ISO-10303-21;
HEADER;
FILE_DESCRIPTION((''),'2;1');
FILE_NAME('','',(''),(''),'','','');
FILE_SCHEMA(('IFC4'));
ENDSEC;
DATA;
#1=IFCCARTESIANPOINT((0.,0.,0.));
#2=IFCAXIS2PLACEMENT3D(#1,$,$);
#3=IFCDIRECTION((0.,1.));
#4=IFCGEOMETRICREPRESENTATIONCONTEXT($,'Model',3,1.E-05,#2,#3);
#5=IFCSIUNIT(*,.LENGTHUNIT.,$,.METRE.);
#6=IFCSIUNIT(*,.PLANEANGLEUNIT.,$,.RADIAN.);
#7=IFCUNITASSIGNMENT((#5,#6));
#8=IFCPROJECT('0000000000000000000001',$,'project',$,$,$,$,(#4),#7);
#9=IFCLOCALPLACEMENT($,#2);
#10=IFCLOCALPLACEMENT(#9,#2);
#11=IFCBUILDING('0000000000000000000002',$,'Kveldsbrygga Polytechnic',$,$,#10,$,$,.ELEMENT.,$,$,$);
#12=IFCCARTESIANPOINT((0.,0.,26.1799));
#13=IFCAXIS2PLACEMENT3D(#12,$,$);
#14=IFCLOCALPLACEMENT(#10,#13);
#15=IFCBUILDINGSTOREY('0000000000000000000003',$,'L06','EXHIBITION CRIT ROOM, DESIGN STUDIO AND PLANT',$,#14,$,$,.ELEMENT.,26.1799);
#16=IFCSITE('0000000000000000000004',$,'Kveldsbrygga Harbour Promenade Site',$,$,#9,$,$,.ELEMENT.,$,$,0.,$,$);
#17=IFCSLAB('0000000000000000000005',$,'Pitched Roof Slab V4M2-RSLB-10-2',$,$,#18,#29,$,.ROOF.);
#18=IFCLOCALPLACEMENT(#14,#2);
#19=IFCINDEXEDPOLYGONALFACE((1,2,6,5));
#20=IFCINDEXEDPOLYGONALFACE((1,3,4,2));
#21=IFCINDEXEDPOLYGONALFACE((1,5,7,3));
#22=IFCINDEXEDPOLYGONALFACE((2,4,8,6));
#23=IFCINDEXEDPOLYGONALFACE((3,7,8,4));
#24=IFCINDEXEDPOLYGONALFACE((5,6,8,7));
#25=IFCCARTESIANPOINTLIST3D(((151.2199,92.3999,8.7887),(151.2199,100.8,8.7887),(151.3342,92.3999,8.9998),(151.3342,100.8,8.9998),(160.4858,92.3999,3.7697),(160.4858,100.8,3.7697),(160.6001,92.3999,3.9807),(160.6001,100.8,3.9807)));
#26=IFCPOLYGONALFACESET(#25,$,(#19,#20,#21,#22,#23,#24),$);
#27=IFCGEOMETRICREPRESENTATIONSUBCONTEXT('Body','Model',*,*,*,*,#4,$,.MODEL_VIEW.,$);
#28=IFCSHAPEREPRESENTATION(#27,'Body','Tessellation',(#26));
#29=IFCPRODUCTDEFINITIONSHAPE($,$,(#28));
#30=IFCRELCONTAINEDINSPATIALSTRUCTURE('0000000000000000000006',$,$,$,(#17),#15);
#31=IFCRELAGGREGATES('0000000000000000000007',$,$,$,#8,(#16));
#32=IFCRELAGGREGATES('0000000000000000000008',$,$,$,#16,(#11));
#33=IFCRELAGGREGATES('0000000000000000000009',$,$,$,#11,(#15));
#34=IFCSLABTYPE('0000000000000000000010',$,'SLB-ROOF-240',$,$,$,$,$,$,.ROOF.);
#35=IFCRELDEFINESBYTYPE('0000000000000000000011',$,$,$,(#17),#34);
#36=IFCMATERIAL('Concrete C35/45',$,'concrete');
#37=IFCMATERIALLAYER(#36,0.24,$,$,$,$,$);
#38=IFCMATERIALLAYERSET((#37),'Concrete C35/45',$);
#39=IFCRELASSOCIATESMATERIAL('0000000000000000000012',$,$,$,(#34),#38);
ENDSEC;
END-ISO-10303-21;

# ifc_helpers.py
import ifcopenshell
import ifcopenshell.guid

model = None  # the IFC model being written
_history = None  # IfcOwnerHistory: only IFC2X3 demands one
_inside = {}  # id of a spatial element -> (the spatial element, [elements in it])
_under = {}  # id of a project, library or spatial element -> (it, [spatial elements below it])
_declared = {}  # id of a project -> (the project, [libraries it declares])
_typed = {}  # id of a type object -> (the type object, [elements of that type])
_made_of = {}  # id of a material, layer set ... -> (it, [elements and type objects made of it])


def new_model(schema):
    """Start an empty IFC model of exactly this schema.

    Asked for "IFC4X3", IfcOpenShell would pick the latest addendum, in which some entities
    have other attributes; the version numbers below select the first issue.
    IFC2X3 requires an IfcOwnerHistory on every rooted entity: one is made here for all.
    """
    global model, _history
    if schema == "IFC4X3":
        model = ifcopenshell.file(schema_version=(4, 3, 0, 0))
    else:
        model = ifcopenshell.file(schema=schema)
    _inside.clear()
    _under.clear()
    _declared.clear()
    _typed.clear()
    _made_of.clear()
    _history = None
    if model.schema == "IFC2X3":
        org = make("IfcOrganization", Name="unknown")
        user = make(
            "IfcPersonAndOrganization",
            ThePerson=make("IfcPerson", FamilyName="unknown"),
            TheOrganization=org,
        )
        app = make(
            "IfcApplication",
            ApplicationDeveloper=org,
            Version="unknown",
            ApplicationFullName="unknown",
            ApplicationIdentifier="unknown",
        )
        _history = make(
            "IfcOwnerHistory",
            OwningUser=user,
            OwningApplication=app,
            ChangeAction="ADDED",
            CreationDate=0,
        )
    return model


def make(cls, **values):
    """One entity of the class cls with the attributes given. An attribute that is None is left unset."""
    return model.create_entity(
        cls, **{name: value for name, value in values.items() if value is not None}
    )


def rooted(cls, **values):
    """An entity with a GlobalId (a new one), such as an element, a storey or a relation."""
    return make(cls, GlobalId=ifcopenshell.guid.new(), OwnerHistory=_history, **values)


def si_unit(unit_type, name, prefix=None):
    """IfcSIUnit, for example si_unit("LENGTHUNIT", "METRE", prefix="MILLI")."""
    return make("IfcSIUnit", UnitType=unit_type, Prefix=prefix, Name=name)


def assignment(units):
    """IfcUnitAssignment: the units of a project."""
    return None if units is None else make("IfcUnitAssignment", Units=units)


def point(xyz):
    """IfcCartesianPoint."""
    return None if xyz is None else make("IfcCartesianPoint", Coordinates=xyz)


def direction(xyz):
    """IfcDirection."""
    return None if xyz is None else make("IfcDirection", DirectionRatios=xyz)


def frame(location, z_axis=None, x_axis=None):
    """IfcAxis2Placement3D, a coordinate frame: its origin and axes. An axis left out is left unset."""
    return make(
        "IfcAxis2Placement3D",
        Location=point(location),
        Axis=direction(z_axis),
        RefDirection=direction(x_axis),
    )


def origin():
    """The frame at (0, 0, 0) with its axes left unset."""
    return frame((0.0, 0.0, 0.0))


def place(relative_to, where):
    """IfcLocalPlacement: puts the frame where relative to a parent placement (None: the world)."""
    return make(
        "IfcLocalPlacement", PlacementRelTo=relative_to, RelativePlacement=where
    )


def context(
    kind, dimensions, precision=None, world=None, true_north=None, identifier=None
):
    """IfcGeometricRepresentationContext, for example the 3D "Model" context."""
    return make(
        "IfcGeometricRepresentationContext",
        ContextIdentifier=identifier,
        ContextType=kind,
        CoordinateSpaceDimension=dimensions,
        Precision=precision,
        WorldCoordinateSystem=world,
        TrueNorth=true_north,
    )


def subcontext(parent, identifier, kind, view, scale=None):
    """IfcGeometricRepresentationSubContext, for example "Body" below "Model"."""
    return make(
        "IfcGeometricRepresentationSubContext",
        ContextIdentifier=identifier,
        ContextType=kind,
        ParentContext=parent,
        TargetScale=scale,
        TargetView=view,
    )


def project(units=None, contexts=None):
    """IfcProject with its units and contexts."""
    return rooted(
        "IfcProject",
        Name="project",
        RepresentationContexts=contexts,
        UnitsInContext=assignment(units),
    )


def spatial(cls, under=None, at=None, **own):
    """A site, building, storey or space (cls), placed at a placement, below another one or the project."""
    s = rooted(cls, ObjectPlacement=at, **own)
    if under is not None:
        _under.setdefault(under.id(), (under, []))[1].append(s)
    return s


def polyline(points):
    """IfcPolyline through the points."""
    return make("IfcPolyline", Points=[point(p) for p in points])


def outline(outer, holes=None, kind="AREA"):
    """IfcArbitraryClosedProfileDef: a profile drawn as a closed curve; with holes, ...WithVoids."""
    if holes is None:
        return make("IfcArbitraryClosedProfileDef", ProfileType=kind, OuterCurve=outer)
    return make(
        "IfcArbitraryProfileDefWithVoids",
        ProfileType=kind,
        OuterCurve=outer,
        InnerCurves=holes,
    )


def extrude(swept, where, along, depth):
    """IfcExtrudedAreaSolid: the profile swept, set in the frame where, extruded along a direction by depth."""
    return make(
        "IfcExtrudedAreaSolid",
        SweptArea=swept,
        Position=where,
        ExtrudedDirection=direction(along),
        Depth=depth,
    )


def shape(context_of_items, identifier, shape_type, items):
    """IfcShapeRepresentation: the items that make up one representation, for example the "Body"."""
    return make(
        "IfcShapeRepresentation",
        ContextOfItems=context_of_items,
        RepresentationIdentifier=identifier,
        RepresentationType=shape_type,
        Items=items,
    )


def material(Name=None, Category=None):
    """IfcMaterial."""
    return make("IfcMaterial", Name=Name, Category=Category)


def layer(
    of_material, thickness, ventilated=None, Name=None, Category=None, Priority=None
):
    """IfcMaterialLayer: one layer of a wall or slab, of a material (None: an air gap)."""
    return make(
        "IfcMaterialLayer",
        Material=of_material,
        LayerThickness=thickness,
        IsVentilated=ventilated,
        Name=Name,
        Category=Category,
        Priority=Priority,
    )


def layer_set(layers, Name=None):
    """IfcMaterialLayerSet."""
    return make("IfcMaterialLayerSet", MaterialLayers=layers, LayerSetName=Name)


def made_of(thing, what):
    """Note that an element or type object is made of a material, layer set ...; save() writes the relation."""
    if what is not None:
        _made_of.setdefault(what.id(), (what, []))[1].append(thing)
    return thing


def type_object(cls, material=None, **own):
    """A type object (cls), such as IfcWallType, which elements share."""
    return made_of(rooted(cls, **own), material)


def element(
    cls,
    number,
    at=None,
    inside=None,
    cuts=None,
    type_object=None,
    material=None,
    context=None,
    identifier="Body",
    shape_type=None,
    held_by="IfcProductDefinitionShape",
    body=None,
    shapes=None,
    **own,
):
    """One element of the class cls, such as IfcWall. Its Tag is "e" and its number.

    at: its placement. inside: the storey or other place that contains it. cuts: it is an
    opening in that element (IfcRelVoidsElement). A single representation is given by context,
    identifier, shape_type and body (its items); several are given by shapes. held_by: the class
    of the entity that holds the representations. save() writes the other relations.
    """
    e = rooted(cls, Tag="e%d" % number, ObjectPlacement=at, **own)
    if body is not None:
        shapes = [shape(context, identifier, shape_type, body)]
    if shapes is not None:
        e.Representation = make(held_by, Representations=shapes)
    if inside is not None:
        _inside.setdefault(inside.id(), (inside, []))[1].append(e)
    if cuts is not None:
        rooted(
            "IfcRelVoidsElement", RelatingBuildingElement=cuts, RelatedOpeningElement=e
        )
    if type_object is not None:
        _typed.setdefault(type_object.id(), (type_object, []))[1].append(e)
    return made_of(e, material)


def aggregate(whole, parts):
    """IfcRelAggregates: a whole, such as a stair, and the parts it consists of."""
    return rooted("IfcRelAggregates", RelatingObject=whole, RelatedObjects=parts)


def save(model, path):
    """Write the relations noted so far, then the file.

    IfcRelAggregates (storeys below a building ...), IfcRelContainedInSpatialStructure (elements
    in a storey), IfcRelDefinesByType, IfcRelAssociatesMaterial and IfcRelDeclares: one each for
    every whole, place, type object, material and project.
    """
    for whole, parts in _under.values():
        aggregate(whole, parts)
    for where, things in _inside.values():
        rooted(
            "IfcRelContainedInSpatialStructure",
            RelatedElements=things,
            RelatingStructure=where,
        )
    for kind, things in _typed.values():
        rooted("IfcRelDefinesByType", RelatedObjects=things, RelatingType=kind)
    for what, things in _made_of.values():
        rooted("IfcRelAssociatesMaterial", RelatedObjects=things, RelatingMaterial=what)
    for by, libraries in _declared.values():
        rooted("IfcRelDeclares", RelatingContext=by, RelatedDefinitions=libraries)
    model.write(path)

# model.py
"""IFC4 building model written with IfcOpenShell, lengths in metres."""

from ifc_helpers import new_model, si_unit, direction, frame, origin, place, context, subcontext, project, spatial, polyline, outline, extrude, material, layer, layer_set, type_object, element, save


model = new_model("IFC4")

# Units and contexts
model_context = context("Model", 3, precision=1e-05, world=origin(), true_north=direction((0.0, 1.0)))
body_context = subcontext(model_context, "Body", "Model", "MODEL_VIEW")
ifc_project = project(units=[si_unit("LENGTHUNIT", "METRE"), si_unit("PLANEANGLEUNIT", "RADIAN")], contexts=[model_context])

# Site, building, storey
site_placement = place(None, origin())
site = spatial("IfcSite", under=ifc_project, at=site_placement, Name="Kveldsbrygga Harbour Promenade Site", CompositionType="ELEMENT", RefElevation=0.0)
building_placement = place(site_placement, origin())
building = spatial("IfcBuilding", under=site, at=building_placement, Name="Kveldsbrygga Polytechnic", CompositionType="ELEMENT")
storey_placement = place(building_placement, frame((0.0, 0.0, 26.1799)))
storey = spatial("IfcBuildingStorey", under=building, at=storey_placement, Name="L06", Description="EXHIBITION CRIT ROOM, DESIGN STUDIO AND PLANT", CompositionType="ELEMENT", Elevation=26.1799)

# Slab
ifc_material_1 = material(Name="Concrete C35/45", Category="concrete")
ifc_layer_1 = layer(ifc_material_1, 0.24)
ifc_layer_set_1 = layer_set([ifc_layer_1], Name="Concrete C35/45")
slab_type = type_object("IfcSlabType", Name="SLB-ROOF-240", PredefinedType="ROOF", material=ifc_layer_set_1)
slab_placement = place(storey_placement, frame((151.3342, 92.3999, 8.9998), z_axis=(0.476285, 0.0, 0.879291), x_axis=(0.879291, 0.0, -0.476285)))
element("IfcSlab", 1, at=slab_placement, inside=storey, type_object=slab_type, Name="Pitched Roof Slab V4M2-RSLB-10-2", PredefinedType="ROOF", context=body_context, shape_type="SweptSolid", body=[
    extrude(outline(polyline([(0.0, 0.0), (10.5379, 0.0), (10.5379, 8.4001), (0.0, 8.4001), (0.0, 0.0)])), origin(), (0.0, 0.0, -1.0), 0.24),
])

save(model, "model.ifc")
